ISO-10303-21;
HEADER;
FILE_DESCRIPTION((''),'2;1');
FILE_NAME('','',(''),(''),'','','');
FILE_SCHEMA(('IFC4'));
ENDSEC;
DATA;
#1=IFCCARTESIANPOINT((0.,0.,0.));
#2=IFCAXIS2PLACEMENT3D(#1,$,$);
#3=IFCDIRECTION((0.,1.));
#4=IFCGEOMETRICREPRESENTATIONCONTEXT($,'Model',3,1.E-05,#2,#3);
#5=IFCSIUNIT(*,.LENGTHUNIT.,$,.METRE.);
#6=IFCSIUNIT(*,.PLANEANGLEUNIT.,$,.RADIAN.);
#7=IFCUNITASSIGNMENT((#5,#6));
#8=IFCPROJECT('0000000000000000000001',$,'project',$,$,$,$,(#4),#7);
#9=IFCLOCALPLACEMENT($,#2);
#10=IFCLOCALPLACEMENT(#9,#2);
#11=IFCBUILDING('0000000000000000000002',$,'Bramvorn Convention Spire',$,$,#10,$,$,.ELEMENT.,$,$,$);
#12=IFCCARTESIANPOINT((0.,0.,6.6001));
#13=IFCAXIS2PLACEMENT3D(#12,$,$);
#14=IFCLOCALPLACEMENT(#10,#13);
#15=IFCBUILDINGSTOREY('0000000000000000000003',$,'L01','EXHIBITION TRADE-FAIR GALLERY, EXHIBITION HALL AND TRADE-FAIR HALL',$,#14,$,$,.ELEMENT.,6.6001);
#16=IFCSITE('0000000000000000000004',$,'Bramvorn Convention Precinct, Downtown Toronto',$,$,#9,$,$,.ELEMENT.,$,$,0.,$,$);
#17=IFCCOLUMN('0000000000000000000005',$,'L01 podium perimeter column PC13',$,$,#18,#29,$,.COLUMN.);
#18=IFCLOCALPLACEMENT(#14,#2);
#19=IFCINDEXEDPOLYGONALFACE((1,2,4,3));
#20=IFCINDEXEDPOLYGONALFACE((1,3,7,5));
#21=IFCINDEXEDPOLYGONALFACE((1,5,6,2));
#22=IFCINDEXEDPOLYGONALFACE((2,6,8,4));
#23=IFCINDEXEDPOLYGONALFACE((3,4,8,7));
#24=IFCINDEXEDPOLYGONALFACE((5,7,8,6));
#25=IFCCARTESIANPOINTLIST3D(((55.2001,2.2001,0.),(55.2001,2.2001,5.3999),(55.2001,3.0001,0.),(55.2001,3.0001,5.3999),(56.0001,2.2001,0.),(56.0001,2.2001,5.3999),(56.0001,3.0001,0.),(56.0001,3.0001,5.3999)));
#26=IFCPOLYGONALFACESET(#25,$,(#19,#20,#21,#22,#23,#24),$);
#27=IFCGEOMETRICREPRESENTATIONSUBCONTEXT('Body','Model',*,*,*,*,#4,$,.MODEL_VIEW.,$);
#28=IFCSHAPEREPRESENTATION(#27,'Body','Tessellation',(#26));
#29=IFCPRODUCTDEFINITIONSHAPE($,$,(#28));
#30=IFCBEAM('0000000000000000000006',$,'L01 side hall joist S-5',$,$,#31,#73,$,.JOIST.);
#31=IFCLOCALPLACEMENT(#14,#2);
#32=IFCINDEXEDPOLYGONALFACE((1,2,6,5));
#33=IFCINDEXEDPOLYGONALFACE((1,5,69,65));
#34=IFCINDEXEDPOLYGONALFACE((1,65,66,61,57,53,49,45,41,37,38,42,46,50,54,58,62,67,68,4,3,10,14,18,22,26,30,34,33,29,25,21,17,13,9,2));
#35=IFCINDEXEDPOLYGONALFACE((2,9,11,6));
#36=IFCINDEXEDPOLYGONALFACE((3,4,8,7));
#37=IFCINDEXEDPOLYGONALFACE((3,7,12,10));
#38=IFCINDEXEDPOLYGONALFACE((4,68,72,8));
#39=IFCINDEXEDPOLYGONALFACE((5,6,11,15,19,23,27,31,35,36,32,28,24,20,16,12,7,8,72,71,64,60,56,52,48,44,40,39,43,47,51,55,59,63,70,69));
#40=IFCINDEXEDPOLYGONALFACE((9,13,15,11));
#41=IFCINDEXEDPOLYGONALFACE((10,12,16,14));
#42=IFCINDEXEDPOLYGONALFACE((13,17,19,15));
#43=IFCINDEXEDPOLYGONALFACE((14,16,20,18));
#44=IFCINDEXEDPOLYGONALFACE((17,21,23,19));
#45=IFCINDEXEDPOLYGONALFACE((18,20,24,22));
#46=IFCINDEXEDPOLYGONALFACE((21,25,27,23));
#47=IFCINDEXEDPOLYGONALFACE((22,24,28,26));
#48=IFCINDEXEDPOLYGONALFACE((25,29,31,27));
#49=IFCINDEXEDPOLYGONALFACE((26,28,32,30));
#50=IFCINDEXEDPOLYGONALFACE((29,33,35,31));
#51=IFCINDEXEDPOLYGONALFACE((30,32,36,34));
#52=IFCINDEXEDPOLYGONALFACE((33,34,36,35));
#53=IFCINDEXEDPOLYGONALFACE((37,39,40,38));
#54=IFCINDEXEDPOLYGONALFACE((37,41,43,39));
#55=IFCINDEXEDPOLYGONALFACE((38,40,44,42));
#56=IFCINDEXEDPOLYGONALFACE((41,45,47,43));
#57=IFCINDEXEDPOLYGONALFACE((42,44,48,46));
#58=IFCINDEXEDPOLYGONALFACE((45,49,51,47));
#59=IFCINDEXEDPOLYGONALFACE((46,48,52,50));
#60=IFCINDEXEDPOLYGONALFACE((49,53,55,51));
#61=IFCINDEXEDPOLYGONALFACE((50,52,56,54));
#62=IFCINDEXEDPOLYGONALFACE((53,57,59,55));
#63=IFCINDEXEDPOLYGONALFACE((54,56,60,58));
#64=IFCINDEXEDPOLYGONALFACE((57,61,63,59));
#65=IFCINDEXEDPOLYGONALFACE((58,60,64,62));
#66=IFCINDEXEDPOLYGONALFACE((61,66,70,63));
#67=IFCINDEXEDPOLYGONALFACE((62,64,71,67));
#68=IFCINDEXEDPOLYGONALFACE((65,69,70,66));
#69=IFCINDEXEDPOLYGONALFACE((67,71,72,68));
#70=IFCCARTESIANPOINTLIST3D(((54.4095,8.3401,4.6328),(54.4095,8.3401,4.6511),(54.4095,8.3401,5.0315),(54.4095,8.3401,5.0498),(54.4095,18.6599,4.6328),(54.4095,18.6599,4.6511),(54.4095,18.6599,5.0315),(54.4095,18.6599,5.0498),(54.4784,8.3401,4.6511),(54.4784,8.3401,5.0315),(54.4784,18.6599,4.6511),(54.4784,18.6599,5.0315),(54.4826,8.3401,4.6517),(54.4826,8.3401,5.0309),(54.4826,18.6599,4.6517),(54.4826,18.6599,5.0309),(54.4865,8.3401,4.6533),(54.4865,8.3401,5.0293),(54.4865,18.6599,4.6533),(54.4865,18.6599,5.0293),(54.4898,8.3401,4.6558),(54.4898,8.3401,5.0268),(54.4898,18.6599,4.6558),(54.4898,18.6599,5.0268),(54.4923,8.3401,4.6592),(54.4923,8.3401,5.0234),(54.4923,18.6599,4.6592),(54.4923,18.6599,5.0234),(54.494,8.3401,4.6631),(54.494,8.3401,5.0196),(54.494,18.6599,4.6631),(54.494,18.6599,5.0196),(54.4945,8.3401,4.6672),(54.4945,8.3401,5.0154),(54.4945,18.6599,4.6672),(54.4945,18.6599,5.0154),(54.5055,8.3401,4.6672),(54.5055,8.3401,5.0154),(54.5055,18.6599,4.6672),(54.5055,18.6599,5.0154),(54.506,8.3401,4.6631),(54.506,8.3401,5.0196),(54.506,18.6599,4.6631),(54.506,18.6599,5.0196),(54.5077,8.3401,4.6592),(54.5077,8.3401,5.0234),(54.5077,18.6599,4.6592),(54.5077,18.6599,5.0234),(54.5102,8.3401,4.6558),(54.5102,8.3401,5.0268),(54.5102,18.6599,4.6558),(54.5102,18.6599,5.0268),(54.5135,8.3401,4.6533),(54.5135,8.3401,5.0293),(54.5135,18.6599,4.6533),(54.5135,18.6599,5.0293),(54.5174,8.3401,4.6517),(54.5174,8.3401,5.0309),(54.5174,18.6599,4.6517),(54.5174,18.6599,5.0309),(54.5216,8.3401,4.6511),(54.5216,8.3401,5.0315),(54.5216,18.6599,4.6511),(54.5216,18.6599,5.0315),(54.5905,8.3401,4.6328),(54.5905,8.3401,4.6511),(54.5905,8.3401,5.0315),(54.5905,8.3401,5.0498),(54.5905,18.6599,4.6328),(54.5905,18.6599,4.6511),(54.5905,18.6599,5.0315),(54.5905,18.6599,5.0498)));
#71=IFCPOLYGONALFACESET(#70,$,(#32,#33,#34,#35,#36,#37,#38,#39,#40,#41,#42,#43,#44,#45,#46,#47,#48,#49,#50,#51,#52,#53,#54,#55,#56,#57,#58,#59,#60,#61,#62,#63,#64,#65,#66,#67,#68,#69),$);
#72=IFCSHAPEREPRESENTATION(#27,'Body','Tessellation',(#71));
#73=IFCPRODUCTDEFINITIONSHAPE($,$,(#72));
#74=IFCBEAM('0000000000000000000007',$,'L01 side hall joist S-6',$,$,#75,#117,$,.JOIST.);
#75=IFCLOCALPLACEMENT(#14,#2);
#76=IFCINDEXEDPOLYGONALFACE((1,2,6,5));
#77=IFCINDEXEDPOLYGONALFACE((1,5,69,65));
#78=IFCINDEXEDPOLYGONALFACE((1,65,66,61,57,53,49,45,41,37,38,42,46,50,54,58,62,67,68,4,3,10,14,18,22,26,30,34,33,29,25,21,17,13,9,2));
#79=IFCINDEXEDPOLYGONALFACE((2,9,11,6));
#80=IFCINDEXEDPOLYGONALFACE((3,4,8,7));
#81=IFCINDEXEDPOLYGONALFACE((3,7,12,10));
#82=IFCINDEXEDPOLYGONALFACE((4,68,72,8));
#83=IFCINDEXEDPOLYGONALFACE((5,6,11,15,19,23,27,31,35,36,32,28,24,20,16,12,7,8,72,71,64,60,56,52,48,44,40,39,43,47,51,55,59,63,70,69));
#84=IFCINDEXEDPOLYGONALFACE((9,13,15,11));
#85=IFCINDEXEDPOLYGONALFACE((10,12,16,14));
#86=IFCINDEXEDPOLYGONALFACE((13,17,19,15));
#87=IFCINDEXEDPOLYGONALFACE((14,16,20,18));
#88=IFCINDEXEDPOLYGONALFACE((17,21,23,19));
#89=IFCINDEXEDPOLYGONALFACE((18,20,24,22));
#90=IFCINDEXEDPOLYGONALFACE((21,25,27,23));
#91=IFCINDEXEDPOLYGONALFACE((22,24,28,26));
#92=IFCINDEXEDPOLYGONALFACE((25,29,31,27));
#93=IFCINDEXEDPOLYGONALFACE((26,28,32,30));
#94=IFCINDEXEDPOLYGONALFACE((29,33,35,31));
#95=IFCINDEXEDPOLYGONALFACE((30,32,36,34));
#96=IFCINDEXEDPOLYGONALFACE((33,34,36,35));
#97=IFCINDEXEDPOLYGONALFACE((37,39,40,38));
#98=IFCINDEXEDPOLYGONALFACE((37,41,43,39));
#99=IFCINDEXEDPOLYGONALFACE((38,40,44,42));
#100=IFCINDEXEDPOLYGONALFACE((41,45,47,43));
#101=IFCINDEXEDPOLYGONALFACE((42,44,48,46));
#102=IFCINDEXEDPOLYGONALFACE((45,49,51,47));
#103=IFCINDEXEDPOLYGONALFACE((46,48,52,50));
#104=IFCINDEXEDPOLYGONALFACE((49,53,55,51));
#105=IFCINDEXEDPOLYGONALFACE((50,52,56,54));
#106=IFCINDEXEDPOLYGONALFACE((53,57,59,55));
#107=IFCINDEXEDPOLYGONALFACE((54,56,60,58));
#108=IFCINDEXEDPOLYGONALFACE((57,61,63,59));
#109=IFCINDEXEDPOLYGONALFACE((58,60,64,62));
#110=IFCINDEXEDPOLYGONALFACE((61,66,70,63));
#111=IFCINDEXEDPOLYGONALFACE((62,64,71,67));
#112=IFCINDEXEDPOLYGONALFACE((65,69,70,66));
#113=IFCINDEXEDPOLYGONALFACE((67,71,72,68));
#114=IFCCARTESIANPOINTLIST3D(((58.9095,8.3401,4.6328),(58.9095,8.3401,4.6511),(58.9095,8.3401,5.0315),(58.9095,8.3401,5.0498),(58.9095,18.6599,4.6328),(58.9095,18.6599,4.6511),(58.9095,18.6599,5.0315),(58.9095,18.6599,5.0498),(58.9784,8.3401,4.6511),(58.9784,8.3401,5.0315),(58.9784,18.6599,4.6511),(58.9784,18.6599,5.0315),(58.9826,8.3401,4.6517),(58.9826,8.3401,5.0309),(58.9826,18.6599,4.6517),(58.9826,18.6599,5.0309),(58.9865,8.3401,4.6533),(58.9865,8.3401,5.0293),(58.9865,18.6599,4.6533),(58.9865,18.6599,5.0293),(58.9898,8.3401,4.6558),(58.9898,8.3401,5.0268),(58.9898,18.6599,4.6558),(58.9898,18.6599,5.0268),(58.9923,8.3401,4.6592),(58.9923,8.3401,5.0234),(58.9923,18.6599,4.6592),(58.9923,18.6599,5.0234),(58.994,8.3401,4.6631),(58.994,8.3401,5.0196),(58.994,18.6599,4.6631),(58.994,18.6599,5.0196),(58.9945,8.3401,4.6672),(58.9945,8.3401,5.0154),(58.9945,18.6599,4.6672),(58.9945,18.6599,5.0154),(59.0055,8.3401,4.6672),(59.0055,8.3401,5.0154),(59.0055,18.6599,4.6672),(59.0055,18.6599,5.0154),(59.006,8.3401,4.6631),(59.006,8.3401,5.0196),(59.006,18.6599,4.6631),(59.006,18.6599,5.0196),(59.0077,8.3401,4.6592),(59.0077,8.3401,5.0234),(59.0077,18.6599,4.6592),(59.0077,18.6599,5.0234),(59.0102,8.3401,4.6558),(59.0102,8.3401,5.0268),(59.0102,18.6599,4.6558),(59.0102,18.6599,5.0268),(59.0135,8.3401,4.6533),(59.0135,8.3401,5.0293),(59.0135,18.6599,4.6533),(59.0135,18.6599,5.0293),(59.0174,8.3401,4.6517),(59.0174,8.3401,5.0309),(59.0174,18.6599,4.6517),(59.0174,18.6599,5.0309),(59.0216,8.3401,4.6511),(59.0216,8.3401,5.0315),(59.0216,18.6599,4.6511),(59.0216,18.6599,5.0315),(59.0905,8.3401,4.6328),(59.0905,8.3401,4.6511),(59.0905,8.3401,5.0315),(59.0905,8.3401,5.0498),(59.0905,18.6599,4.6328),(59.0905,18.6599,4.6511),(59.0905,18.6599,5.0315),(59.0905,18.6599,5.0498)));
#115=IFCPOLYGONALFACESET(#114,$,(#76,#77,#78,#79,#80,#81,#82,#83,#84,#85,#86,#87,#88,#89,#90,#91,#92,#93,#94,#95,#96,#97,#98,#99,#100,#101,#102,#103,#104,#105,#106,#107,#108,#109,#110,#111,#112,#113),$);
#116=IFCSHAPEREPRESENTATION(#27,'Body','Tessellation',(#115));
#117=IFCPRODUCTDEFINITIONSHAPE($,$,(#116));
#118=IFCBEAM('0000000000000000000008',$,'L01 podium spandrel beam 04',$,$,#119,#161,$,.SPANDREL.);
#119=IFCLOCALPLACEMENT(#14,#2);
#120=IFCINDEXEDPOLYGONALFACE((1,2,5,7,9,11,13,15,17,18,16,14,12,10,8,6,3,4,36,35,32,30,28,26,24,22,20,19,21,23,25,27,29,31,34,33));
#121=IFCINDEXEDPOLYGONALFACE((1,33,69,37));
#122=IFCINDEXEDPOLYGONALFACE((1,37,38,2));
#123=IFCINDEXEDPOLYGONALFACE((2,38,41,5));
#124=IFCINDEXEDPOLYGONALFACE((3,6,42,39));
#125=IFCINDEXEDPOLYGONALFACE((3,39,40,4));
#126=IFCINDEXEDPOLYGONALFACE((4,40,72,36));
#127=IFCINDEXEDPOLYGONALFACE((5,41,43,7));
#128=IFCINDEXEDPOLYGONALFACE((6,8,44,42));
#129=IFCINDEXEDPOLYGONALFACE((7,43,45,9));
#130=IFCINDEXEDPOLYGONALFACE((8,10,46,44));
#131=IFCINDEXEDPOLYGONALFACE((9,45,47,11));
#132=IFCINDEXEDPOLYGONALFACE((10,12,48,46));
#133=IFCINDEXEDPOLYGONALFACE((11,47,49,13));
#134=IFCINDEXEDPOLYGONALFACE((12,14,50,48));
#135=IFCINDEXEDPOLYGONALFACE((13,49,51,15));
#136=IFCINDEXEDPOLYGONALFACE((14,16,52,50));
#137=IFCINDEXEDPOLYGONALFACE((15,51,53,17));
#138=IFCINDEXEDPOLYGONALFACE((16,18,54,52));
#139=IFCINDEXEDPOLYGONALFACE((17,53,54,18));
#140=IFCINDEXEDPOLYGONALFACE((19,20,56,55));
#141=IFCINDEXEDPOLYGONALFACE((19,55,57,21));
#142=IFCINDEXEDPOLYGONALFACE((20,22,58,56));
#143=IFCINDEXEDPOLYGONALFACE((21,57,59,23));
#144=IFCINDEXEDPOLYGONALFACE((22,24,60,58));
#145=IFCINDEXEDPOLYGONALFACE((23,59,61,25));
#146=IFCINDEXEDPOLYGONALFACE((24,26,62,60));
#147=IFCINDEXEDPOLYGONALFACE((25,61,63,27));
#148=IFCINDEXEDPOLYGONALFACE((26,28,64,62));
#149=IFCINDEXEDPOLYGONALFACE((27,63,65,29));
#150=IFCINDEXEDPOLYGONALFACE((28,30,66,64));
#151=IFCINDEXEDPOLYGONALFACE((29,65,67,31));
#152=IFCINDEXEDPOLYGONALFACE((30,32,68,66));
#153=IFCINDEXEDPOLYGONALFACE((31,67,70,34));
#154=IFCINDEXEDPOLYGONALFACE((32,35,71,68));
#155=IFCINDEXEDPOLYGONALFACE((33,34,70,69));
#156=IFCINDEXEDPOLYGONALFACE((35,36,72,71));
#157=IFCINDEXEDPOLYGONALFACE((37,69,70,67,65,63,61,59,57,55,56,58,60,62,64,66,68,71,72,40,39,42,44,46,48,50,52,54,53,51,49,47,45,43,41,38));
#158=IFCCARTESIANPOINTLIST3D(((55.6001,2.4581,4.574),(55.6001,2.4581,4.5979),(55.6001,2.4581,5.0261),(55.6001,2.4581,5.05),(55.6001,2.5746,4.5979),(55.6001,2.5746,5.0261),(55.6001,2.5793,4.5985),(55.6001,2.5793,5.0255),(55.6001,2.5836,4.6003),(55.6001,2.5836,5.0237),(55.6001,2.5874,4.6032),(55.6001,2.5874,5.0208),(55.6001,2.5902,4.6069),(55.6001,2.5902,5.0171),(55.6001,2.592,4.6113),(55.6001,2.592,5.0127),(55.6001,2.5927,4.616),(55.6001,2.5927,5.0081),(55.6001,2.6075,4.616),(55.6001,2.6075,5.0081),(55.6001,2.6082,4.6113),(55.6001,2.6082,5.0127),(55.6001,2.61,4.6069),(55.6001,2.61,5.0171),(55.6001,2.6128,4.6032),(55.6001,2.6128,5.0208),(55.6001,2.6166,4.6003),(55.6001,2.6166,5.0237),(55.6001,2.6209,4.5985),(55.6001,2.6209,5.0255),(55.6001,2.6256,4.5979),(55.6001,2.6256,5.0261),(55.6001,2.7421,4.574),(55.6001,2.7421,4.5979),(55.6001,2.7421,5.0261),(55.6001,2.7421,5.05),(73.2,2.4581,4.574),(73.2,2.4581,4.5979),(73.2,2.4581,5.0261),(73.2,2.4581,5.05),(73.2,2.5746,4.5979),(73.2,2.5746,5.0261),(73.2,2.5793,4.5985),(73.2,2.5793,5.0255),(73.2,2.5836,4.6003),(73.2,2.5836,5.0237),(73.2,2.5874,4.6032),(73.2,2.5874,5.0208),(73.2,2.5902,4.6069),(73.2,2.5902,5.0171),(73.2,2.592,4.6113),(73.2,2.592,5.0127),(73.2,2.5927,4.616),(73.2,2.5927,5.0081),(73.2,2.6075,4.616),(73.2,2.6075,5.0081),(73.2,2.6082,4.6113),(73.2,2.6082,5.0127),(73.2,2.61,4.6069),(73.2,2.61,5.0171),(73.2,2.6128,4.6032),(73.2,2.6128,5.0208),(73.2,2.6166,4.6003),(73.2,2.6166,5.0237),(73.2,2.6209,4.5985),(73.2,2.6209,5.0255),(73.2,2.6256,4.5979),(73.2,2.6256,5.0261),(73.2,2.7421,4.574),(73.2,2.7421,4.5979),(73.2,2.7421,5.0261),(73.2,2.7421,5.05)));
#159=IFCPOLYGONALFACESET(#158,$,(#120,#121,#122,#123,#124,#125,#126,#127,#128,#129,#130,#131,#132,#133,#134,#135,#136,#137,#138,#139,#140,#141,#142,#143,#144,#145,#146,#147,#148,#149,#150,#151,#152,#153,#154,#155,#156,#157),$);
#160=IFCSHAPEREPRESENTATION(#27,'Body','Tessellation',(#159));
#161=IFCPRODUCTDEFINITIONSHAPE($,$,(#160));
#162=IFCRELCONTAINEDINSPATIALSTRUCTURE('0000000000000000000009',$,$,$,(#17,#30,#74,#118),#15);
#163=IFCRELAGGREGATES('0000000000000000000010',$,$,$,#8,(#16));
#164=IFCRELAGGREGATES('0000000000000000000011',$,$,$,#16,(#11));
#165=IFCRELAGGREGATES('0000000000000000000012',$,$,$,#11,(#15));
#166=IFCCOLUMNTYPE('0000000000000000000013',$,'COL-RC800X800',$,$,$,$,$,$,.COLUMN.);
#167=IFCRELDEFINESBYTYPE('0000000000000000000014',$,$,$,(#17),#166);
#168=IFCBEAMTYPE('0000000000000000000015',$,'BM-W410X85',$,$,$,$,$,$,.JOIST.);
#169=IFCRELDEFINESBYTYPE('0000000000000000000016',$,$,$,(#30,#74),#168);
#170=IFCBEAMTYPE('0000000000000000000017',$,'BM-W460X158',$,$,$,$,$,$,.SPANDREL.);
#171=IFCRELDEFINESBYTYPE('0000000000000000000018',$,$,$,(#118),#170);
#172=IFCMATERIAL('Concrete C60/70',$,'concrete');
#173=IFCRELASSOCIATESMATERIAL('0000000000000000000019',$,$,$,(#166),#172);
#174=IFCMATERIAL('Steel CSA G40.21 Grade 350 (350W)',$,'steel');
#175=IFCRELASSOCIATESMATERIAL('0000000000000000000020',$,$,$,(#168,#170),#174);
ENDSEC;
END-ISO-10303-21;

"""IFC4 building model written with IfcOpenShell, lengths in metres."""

from ifc_helpers import new_model, si_unit, direction, frame, origin, origin_2d, place, context, subcontext, project, spatial, rectangle, i_section, extrude, material, material_profile, profile_set, type_object, element, save


model = new_model("IFC4")

# Units and contexts
model_context = context("Model", 3, precision=1e-05, world=origin(), true_north=direction((0.0, 1.0)))
body_context = subcontext(model_context, "Body", "Model", "MODEL_VIEW")
ifc_project = project(units=[si_unit("LENGTHUNIT", "METRE"), si_unit("PLANEANGLEUNIT", "RADIAN")], contexts=[model_context])

# Site, building, storey
site_placement = place(None, origin())
site = spatial("IfcSite", under=ifc_project, at=site_placement, Name="Bramvorn Convention Precinct, Downtown Toronto", CompositionType="ELEMENT", RefElevation=0.0)
building_placement = place(site_placement, origin())
building = spatial("IfcBuilding", under=site, at=building_placement, Name="Bramvorn Convention Spire", CompositionType="ELEMENT")
storey_placement = place(building_placement, frame((0.0, 0.0, 6.6001)))
storey = spatial("IfcBuildingStorey", under=building, at=storey_placement, Name="L01", Description="EXHIBITION TRADE-FAIR GALLERY, EXHIBITION HALL AND TRADE-FAIR HALL", CompositionType="ELEMENT", Elevation=6.6001)

# Column
ifc_material_1 = material(Name="Concrete C60/70", Category="concrete")
ifc_material_profile_1 = material_profile(ifc_material_1, rectangle(XDim=0.8, YDim=0.8, at=origin_2d()))
ifc_profile_set_1 = profile_set([ifc_material_profile_1], Name="Concrete C60/70 - RC800X800")
column_type = type_object("IfcColumnType", Name="COL-RC800X800", PredefinedType="COLUMN", material=ifc_profile_set_1)
column_placement = place(storey_placement, frame((55.6001, 2.6001, 0.0), z_axis=(0.0, 0.0, 1.0), x_axis=(1.0, 0.0, 0.0)))
element("IfcColumn", 1, at=column_placement, inside=storey, type_object=column_type, Name="L01 podium perimeter column PC13", PredefinedType="COLUMN", context=body_context, shape_type="SweptSolid", body=[
    extrude(rectangle(XDim=0.8, YDim=0.8, at=origin_2d()), origin(), (0.0, 0.0, 1.0), 5.3999),
])

# Beams
ifc_material_2 = material(Name="Steel CSA G40.21 Grade 350 (350W)", Category="steel")
ifc_material_profile_2 = material_profile(ifc_material_2, i_section(OverallWidth=0.1809, OverallDepth=0.417, WebThickness=0.011, FlangeThickness=0.0183, FilletRadius=0.0161, at=origin_2d()))
ifc_profile_set_2 = profile_set([ifc_material_profile_2], Name="Steel CSA G40.21 Grade 350 (350W) - W410X85")
beam_type_1 = type_object("IfcBeamType", Name="BM-W410X85", PredefinedType="JOIST", material=ifc_profile_set_2)
for number, where, z_axis, x_axis, name in (
    (2, (54.5, 8.3401, 4.8413), (0.0, 1.0, 0.0), (-1.0, 0.0, 0.0), "L01 side hall joist S-5"),
    (3, (59.0, 8.3401, 4.8413), (0.0, 1.0, 0.0), (-1.0, 0.0, 0.0), "L01 side hall joist S-6"),
):
    element("IfcBeam", number, at=place(storey_placement, frame(where, z_axis=z_axis, x_axis=x_axis)), inside=storey, type_object=beam_type_1, Name=name, PredefinedType="JOIST", context=body_context, shape_type="SweptSolid", body=[
        extrude(i_section(OverallWidth=0.1809, OverallDepth=0.417, WebThickness=0.011, FlangeThickness=0.0183, FilletRadius=0.0161, at=origin_2d()), origin(), (0.0, 0.0, 1.0), 10.3198),
    ])
ifc_material_profile_3 = material_profile(ifc_material_2, i_section(OverallWidth=0.2839, OverallDepth=0.4761, WebThickness=0.0149, FlangeThickness=0.0239, FilletRadius=0.0181, at=origin_2d()))
ifc_profile_set_3 = profile_set([ifc_material_profile_3], Name="Steel CSA G40.21 Grade 350 (350W) - W460X158")
beam_type_2 = type_object("IfcBeamType", Name="BM-W460X158", PredefinedType="SPANDREL", material=ifc_profile_set_3)
beam_1_placement = place(storey_placement, frame((55.6001, 2.6001, 4.812), z_axis=(1.0, 0.0, 0.0), x_axis=(0.0, 1.0, 0.0)))
element("IfcBeam", 4, at=beam_1_placement, inside=storey, type_object=beam_type_2, Name="L01 podium spandrel beam 04", PredefinedType="SPANDREL", context=body_context, shape_type="SweptSolid", body=[
    extrude(i_section(OverallWidth=0.2839, OverallDepth=0.4761, WebThickness=0.0149, FlangeThickness=0.0239, FilletRadius=0.0181, at=origin_2d()), origin(), (0.0, 0.0, 1.0), 17.5999),
])

save(model, "model.ifc")
